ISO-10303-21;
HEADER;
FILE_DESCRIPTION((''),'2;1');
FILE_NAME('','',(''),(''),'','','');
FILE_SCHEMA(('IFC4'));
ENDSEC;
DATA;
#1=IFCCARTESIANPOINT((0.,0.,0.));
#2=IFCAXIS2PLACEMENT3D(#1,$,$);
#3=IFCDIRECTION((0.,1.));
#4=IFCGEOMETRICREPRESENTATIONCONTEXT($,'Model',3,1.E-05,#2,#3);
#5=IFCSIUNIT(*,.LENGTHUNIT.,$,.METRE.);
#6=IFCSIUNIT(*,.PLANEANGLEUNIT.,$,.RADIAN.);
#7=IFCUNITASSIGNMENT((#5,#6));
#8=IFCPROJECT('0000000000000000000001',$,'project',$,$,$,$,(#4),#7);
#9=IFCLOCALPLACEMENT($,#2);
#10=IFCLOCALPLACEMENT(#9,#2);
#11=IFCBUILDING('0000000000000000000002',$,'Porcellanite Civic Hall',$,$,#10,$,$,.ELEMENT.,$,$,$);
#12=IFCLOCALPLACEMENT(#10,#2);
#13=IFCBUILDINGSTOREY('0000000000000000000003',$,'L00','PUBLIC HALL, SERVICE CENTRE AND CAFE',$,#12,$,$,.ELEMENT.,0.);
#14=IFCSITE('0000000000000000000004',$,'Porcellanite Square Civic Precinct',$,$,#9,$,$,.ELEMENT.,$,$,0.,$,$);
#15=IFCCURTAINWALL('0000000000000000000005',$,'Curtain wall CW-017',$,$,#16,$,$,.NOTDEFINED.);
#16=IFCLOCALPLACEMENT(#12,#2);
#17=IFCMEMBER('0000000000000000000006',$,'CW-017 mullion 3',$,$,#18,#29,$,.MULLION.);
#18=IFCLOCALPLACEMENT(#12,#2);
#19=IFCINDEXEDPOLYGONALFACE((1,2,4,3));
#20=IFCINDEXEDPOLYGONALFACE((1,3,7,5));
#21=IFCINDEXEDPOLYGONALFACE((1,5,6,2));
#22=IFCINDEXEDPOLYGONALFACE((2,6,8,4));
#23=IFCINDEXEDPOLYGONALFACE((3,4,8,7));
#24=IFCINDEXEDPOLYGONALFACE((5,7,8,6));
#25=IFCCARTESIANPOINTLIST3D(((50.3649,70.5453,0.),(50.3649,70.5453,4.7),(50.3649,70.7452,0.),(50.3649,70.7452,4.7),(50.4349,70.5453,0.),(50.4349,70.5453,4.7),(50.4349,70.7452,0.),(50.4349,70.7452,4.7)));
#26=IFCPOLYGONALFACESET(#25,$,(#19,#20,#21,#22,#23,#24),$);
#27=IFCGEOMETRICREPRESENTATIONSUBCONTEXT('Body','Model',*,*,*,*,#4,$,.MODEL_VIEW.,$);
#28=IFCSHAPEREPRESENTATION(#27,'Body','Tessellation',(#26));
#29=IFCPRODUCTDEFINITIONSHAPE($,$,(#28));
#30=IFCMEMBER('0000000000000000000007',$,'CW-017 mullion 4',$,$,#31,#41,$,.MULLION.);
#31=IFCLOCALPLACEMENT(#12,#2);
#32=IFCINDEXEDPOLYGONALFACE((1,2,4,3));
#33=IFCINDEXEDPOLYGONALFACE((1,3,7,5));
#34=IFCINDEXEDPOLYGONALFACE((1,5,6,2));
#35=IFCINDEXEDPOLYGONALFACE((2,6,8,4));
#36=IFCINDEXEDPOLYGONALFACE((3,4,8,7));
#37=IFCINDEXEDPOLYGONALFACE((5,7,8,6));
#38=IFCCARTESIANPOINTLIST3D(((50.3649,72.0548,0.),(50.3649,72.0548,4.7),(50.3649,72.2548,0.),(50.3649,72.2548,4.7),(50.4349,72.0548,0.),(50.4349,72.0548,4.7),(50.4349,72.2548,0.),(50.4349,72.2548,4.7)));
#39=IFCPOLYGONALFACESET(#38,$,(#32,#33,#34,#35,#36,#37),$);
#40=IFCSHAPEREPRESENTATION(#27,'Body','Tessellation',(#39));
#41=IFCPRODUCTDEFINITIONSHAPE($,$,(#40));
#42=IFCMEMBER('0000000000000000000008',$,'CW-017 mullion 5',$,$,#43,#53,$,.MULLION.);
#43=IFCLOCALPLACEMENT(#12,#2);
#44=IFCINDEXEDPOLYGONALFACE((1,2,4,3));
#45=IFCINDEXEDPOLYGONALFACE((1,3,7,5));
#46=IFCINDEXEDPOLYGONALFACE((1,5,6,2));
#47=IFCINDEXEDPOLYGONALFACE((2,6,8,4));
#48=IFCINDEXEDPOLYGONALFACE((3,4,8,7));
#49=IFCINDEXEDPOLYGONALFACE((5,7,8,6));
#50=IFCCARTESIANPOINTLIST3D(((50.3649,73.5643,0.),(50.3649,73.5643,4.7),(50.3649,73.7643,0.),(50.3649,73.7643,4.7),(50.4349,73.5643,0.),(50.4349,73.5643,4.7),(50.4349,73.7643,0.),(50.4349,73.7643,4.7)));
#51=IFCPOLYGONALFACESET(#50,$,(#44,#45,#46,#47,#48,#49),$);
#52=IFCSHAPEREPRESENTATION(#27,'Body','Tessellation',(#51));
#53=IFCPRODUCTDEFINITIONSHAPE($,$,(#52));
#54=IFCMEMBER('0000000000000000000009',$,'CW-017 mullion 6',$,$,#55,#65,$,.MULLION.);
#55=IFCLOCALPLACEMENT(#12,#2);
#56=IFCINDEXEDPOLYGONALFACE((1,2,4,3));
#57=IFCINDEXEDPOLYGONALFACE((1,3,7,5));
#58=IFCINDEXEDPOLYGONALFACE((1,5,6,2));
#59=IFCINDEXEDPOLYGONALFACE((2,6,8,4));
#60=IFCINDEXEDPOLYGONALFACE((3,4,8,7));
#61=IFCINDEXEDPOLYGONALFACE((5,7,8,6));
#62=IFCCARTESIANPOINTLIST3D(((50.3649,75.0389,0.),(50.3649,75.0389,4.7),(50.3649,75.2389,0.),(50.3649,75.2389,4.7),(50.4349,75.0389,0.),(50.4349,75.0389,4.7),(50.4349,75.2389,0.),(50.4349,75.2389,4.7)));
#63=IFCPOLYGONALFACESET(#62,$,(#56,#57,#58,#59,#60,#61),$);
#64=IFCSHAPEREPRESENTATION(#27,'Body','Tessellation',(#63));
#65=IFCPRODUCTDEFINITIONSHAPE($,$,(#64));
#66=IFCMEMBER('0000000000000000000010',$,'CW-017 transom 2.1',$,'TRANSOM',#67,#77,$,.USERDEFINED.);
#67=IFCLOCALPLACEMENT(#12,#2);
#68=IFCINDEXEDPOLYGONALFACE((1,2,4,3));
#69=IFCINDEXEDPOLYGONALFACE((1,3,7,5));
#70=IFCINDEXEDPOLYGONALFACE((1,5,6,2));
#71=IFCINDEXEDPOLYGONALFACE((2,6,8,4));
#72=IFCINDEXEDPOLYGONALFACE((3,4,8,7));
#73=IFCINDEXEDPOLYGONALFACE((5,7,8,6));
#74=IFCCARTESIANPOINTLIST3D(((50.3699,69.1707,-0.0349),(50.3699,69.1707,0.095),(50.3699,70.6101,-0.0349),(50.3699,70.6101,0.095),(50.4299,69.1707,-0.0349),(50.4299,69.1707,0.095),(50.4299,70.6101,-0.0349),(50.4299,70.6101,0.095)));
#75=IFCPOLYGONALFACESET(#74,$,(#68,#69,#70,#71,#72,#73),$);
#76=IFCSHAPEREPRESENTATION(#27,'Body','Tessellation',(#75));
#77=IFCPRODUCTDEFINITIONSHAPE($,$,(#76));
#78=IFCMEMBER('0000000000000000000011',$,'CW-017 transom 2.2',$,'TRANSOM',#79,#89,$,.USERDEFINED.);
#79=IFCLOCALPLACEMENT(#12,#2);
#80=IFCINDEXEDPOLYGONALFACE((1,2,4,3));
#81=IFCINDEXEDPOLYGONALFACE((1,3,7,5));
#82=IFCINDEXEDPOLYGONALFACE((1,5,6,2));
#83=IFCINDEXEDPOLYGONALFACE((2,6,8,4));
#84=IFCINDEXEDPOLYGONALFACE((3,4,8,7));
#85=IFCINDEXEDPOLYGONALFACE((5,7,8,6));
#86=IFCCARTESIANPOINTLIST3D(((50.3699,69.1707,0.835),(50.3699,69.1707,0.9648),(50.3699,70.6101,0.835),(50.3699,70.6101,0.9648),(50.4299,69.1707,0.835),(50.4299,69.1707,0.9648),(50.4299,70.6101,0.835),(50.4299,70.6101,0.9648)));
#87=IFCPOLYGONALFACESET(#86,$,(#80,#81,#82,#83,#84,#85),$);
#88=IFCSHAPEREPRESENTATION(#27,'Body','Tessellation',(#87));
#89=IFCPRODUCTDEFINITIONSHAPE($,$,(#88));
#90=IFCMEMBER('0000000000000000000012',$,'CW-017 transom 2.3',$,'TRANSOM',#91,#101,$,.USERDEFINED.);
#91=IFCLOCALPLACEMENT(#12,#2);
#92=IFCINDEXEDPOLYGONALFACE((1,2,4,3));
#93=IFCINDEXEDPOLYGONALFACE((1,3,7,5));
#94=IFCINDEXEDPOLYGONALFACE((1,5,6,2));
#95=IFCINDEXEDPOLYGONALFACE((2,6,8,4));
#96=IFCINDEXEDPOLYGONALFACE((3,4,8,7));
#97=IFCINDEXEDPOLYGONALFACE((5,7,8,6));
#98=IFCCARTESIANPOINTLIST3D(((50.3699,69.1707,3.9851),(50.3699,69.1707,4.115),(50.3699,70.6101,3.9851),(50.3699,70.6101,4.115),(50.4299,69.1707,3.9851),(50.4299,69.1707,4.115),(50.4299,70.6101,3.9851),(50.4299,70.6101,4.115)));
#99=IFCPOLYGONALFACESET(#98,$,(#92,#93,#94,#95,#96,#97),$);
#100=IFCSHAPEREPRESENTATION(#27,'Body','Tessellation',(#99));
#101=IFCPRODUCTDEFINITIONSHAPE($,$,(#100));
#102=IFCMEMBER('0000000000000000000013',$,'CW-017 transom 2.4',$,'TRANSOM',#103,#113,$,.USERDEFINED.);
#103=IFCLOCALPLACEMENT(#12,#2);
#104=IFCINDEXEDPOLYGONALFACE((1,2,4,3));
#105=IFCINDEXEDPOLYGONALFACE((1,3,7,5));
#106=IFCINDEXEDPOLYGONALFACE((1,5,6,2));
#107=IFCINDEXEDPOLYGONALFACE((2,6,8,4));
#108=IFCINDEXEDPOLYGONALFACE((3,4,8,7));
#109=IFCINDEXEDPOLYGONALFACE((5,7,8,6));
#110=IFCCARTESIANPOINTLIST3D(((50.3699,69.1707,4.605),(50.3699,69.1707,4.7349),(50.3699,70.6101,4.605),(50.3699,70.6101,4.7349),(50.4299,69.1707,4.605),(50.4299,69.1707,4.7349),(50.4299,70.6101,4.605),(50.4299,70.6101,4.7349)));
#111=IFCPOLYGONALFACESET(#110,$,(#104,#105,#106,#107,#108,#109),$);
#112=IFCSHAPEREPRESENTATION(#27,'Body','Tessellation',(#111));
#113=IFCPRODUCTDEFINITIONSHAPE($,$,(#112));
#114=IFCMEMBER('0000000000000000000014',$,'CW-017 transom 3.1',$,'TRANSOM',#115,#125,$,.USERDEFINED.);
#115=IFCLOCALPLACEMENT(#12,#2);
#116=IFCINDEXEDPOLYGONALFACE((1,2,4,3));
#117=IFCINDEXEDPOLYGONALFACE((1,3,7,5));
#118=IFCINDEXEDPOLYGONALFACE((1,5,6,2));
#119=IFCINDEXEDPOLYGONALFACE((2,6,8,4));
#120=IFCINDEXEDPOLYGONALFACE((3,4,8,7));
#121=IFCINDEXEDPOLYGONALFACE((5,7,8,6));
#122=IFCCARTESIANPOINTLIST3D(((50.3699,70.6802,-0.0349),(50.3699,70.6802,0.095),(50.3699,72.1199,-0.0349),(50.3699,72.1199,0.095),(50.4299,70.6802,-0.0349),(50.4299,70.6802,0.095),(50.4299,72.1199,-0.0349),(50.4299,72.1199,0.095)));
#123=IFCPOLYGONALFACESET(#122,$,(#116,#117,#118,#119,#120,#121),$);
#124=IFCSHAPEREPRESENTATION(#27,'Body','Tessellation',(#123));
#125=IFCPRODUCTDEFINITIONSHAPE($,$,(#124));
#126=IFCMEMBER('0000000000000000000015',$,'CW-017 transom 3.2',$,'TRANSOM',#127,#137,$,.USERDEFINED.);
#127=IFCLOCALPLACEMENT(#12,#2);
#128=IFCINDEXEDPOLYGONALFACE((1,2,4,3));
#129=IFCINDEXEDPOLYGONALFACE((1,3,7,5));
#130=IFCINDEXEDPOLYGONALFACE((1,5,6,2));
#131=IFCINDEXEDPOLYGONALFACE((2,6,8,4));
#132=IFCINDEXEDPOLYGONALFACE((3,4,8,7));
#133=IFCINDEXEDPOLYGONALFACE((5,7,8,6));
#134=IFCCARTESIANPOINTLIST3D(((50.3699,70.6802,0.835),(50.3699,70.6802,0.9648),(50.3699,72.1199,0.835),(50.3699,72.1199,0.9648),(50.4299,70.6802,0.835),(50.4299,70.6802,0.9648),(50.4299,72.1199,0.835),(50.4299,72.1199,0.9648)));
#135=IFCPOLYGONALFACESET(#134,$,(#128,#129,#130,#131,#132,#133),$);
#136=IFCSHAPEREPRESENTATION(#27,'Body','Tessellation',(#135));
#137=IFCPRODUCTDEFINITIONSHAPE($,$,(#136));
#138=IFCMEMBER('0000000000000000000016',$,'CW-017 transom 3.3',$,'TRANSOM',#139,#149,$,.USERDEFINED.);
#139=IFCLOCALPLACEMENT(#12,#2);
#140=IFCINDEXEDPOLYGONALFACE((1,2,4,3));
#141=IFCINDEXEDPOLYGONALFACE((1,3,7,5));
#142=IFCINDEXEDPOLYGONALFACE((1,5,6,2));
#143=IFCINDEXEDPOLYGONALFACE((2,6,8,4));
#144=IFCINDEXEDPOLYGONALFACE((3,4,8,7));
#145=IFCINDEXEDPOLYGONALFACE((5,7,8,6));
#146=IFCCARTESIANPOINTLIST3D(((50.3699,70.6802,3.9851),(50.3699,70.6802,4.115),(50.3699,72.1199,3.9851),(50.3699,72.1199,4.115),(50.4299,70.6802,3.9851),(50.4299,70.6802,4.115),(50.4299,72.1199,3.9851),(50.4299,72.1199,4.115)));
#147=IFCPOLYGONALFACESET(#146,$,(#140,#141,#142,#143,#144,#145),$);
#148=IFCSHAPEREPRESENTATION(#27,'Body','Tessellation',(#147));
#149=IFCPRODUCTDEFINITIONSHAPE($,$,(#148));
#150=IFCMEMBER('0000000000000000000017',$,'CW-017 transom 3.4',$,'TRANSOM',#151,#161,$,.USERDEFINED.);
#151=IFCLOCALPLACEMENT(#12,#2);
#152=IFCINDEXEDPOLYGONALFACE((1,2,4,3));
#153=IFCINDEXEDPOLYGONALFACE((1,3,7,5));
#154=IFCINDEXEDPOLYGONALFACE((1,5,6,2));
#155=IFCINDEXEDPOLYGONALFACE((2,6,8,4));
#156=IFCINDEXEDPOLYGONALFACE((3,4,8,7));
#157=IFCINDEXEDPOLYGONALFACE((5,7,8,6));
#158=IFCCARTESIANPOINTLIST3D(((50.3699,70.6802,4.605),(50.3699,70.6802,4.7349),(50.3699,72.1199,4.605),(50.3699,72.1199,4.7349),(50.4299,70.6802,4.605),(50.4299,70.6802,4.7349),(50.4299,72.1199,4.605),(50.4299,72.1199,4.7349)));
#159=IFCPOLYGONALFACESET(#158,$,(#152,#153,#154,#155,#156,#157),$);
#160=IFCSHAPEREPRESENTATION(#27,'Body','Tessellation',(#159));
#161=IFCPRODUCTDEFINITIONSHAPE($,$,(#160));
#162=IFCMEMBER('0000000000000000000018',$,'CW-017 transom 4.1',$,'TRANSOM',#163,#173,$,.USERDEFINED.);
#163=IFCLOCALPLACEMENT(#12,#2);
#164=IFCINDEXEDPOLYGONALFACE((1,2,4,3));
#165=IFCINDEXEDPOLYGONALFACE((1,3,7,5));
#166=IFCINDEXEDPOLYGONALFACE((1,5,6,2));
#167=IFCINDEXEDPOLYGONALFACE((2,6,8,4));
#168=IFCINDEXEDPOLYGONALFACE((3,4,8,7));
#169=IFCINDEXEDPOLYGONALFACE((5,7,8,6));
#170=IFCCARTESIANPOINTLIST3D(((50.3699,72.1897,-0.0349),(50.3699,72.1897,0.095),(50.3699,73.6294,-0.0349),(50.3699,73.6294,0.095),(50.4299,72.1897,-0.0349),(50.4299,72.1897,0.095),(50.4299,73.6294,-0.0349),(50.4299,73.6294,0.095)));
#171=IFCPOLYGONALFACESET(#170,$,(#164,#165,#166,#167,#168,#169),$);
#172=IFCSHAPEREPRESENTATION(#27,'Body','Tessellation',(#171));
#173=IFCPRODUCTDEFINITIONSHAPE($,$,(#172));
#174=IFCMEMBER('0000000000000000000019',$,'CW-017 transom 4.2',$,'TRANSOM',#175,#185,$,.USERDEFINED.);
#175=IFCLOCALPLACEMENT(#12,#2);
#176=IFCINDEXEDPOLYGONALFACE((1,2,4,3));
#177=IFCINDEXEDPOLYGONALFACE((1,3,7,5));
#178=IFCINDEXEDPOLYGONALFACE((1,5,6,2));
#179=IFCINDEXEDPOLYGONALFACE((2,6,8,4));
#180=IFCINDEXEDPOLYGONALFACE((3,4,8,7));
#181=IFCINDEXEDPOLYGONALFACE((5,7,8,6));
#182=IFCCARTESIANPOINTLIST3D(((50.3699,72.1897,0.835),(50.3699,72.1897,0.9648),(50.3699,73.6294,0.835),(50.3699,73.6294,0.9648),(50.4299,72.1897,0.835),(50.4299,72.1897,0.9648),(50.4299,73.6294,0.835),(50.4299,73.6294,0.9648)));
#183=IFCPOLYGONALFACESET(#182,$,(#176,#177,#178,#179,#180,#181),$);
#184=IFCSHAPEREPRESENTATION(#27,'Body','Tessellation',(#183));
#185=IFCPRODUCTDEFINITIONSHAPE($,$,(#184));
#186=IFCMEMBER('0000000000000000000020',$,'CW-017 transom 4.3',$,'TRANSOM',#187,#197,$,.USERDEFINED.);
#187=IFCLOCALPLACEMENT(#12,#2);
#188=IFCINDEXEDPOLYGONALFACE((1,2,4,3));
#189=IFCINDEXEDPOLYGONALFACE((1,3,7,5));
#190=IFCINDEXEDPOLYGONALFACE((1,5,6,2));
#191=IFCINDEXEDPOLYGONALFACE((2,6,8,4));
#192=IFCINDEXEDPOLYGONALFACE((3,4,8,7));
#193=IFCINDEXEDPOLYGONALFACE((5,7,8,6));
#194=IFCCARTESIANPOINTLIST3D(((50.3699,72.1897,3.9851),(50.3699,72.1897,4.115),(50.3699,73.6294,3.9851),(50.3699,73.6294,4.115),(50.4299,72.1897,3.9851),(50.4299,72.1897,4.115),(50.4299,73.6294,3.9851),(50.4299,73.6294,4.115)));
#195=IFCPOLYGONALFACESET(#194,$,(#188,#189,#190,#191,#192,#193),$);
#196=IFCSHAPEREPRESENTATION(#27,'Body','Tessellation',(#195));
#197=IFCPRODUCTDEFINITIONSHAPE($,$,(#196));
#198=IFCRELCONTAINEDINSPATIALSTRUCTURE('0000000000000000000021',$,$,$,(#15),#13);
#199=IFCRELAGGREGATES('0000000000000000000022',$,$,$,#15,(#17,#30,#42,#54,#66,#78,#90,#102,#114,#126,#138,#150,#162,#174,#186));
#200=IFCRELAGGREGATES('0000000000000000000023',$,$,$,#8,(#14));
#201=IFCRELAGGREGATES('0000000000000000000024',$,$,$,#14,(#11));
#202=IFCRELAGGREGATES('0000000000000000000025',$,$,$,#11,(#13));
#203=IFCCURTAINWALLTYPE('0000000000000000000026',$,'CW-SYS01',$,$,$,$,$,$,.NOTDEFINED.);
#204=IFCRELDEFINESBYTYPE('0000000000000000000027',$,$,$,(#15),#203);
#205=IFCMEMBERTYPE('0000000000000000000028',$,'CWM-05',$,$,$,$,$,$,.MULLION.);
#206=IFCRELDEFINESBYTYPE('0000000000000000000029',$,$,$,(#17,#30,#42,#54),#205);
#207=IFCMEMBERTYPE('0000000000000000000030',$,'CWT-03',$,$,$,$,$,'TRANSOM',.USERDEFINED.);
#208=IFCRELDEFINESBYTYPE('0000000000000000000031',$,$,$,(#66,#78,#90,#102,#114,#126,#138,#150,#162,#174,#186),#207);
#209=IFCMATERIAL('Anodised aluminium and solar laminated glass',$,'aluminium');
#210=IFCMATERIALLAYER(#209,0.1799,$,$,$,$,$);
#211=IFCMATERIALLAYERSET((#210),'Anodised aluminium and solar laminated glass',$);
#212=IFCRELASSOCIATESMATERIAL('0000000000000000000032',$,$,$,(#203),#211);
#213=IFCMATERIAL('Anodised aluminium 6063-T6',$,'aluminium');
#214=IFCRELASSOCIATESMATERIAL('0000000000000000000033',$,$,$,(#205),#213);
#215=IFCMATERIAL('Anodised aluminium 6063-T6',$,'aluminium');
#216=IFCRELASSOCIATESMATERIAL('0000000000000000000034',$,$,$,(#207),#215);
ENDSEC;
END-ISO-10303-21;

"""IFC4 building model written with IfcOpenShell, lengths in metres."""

from ifc_helpers import new_model, si_unit, direction, frame, origin, origin_2d, place, context, subcontext, project, spatial, rectangle, extrude, material, layer, layer_set, material_profile, profile_set, type_object, element, aggregate, save


model = new_model("IFC4")

# Units and contexts
model_context = context("Model", 3, precision=1e-05, world=origin(), true_north=direction((0.0, 1.0)))
body_context = subcontext(model_context, "Body", "Model", "MODEL_VIEW")
ifc_project = project(units=[si_unit("LENGTHUNIT", "METRE"), si_unit("PLANEANGLEUNIT", "RADIAN")], contexts=[model_context])

# Site, building, storey
site_placement = place(None, origin())
site = spatial("IfcSite", under=ifc_project, at=site_placement, Name="Porcellanite Square Civic Precinct", CompositionType="ELEMENT", RefElevation=0.0)
building_placement = place(site_placement, origin())
building = spatial("IfcBuilding", under=site, at=building_placement, Name="Porcellanite Civic Hall", CompositionType="ELEMENT")
storey_placement = place(building_placement, origin())
storey = spatial("IfcBuildingStorey", under=building, at=storey_placement, Name="L00", Description="PUBLIC HALL, SERVICE CENTRE AND CAFE", CompositionType="ELEMENT", Elevation=0.0)

# Curtain wall, members
ifc_material_1 = material(Name="Anodised aluminium and solar laminated glass", Category="aluminium")
ifc_layer_1 = layer(ifc_material_1, 0.1799)
ifc_layer_set_1 = layer_set([ifc_layer_1], Name="Anodised aluminium and solar laminated glass")
curtain_wall_type = type_object("IfcCurtainWallType", Name="CW-SYS01", PredefinedType="NOTDEFINED", material=ifc_layer_set_1)
curtain_wall_placement = place(storey_placement, origin())
curtain_wall = element("IfcCurtainWall", 1, at=curtain_wall_placement, inside=storey, type_object=curtain_wall_type, Name="Curtain wall CW-017", PredefinedType="NOTDEFINED")
ifc_material_2 = material(Name="Anodised aluminium 6063-T6", Category="aluminium")
ifc_material_profile_1 = material_profile(ifc_material_2, rectangle(XDim=0.0701, YDim=0.2, at=origin_2d()), Name="AL-70x200")
ifc_profile_set_1 = profile_set([ifc_material_profile_1], Name="Anodised aluminium 6063-T6")
member_type_1 = type_object("IfcMemberType", Name="CWM-05", PredefinedType="MULLION", material=ifc_profile_set_1)
member_1_placement = place(storey_placement, frame((50.3999, 70.6453, 0.0), z_axis=(0.0, 0.0, 1.0), x_axis=(-1.0, 0.0, 0.0)))
member_1 = element("IfcMember", 2, at=member_1_placement, type_object=member_type_1, Name="CW-017 mullion 3", PredefinedType="MULLION", context=body_context, shape_type="SweptSolid", body=[
    extrude(rectangle(XDim=0.0701, YDim=0.2, at=origin_2d()), origin(), (0.0, 0.0, 1.0), 4.7),
])
member_2_placement = place(storey_placement, frame((50.3999, 72.1548, 0.0), z_axis=(0.0, 0.0, 1.0), x_axis=(-1.0, 0.0, 0.0)))
member_2 = element("IfcMember", 3, at=member_2_placement, type_object=member_type_1, Name="CW-017 mullion 4", PredefinedType="MULLION", context=body_context, shape_type="SweptSolid", body=[
    extrude(rectangle(XDim=0.0701, YDim=0.2, at=origin_2d()), origin(), (0.0, 0.0, 1.0), 4.7),
])
member_3_placement = place(storey_placement, frame((50.3999, 73.6643, 0.0), z_axis=(0.0, 0.0, 1.0), x_axis=(-1.0, 0.0, 0.0)))
member_3 = element("IfcMember", 4, at=member_3_placement, type_object=member_type_1, Name="CW-017 mullion 5", PredefinedType="MULLION", context=body_context, shape_type="SweptSolid", body=[
    extrude(rectangle(XDim=0.0701, YDim=0.2, at=origin_2d()), origin(), (0.0, 0.0, 1.0), 4.7),
])
member_4_placement = place(storey_placement, frame((50.3999, 75.1389, 0.0), z_axis=(0.0, 0.0, 1.0), x_axis=(-1.0, 0.0, 0.0)))
member_4 = element("IfcMember", 5, at=member_4_placement, type_object=member_type_1, Name="CW-017 mullion 6", PredefinedType="MULLION", context=body_context, shape_type="SweptSolid", body=[
    extrude(rectangle(XDim=0.0701, YDim=0.2, at=origin_2d()), origin(), (0.0, 0.0, 1.0), 4.7),
])
ifc_material_3 = material(Name="Anodised aluminium 6063-T6", Category="aluminium")
ifc_material_profile_2 = material_profile(ifc_material_3, rectangle(XDim=0.0601, YDim=0.1299, at=origin_2d()), Name="AL-60x130")
ifc_profile_set_2 = profile_set([ifc_material_profile_2], Name="Anodised aluminium 6063-T6")
member_type_2 = type_object("IfcMemberType", Name="CWT-03", ElementType="TRANSOM", PredefinedType="USERDEFINED", material=ifc_profile_set_2)
member_5_placement = place(storey_placement, frame((50.3999, 69.1707, 0.03), z_axis=(0.0, 1.0, 0.0), x_axis=(-1.0, 0.0, 0.0)))
member_5 = element("IfcMember", 6, at=member_5_placement, type_object=member_type_2, Name="CW-017 transom 2.1", ObjectType="TRANSOM", PredefinedType="USERDEFINED", context=body_context, shape_type="SweptSolid", body=[
    extrude(rectangle(XDim=0.0601, YDim=0.1299, at=origin_2d()), origin(), (0.0, 0.0, 1.0), 1.4395),
])
member_6_placement = place(storey_placement, frame((50.3999, 69.1707, 0.8999), z_axis=(0.0, 1.0, 0.0), x_axis=(-1.0, 0.0, 0.0)))
member_6 = element("IfcMember", 7, at=member_6_placement, type_object=member_type_2, Name="CW-017 transom 2.2", ObjectType="TRANSOM", PredefinedType="USERDEFINED", context=body_context, shape_type="SweptSolid", body=[
    extrude(rectangle(XDim=0.0601, YDim=0.1299, at=origin_2d()), origin(), (0.0, 0.0, 1.0), 1.4395),
])
member_7_placement = place(storey_placement, frame((50.3999, 69.1707, 4.05), z_axis=(0.0, 1.0, 0.0), x_axis=(-1.0, 0.0, 0.0)))
member_7 = element("IfcMember", 8, at=member_7_placement, type_object=member_type_2, Name="CW-017 transom 2.3", ObjectType="TRANSOM", PredefinedType="USERDEFINED", context=body_context, shape_type="SweptSolid", body=[
    extrude(rectangle(XDim=0.0601, YDim=0.1299, at=origin_2d()), origin(), (0.0, 0.0, 1.0), 1.4395),
])
member_8_placement = place(storey_placement, frame((50.3999, 69.1707, 4.6699), z_axis=(0.0, 1.0, 0.0), x_axis=(-1.0, 0.0, 0.0)))
member_8 = element("IfcMember", 9, at=member_8_placement, type_object=member_type_2, Name="CW-017 transom 2.4", ObjectType="TRANSOM", PredefinedType="USERDEFINED", context=body_context, shape_type="SweptSolid", body=[
    extrude(rectangle(XDim=0.0601, YDim=0.1299, at=origin_2d()), origin(), (0.0, 0.0, 1.0), 1.4395),
])
member_9_placement = place(storey_placement, frame((50.3999, 70.6802, 0.03), z_axis=(0.0, 1.0, 0.0), x_axis=(-1.0, 0.0, 0.0)))
member_9 = element("IfcMember", 10, at=member_9_placement, type_object=member_type_2, Name="CW-017 transom 3.1", ObjectType="TRANSOM", PredefinedType="USERDEFINED", context=body_context, shape_type="SweptSolid", body=[
    extrude(rectangle(XDim=0.0601, YDim=0.1299, at=origin_2d()), origin(), (0.0, 0.0, 1.0), 1.4397),
])
member_10_placement = place(storey_placement, frame((50.3999, 70.6802, 0.8999), z_axis=(0.0, 1.0, 0.0), x_axis=(-1.0, 0.0, 0.0)))
member_10 = element("IfcMember", 11, at=member_10_placement, type_object=member_type_2, Name="CW-017 transom 3.2", ObjectType="TRANSOM", PredefinedType="USERDEFINED", context=body_context, shape_type="SweptSolid", body=[
    extrude(rectangle(XDim=0.0601, YDim=0.1299, at=origin_2d()), origin(), (0.0, 0.0, 1.0), 1.4397),
])
member_11_placement = place(storey_placement, frame((50.3999, 70.6802, 4.05), z_axis=(0.0, 1.0, 0.0), x_axis=(-1.0, 0.0, 0.0)))
member_11 = element("IfcMember", 12, at=member_11_placement, type_object=member_type_2, Name="CW-017 transom 3.3", ObjectType="TRANSOM", PredefinedType="USERDEFINED", context=body_context, shape_type="SweptSolid", body=[
    extrude(rectangle(XDim=0.0601, YDim=0.1299, at=origin_2d()), origin(), (0.0, 0.0, 1.0), 1.4397),
])
member_12_placement = place(storey_placement, frame((50.3999, 70.6802, 4.6699), z_axis=(0.0, 1.0, 0.0), x_axis=(-1.0, 0.0, 0.0)))
member_12 = element("IfcMember", 13, at=member_12_placement, type_object=member_type_2, Name="CW-017 transom 3.4", ObjectType="TRANSOM", PredefinedType="USERDEFINED", context=body_context, shape_type="SweptSolid", body=[
    extrude(rectangle(XDim=0.0601, YDim=0.1299, at=origin_2d()), origin(), (0.0, 0.0, 1.0), 1.4397),
])
member_13_placement = place(storey_placement, frame((50.3999, 72.1897, 0.03), z_axis=(0.0, 1.0, 0.0), x_axis=(-1.0, 0.0, 0.0)))
member_13 = element("IfcMember", 14, at=member_13_placement, type_object=member_type_2, Name="CW-017 transom 4.1", ObjectType="TRANSOM", PredefinedType="USERDEFINED", context=body_context, shape_type="SweptSolid", body=[
    extrude(rectangle(XDim=0.0601, YDim=0.1299, at=origin_2d()), origin(), (0.0, 0.0, 1.0), 1.4397),
])
member_14_placement = place(storey_placement, frame((50.3999, 72.1897, 0.8999), z_axis=(0.0, 1.0, 0.0), x_axis=(-1.0, 0.0, 0.0)))
member_14 = element("IfcMember", 15, at=member_14_placement, type_object=member_type_2, Name="CW-017 transom 4.2", ObjectType="TRANSOM", PredefinedType="USERDEFINED", context=body_context, shape_type="SweptSolid", body=[
    extrude(rectangle(XDim=0.0601, YDim=0.1299, at=origin_2d()), origin(), (0.0, 0.0, 1.0), 1.4397),
])
member_15_placement = place(storey_placement, frame((50.3999, 72.1897, 4.05), z_axis=(0.0, 1.0, 0.0), x_axis=(-1.0, 0.0, 0.0)))
member_15 = element("IfcMember", 16, at=member_15_placement, type_object=member_type_2, Name="CW-017 transom 4.3", ObjectType="TRANSOM", PredefinedType="USERDEFINED", context=body_context, shape_type="SweptSolid", body=[
    extrude(rectangle(XDim=0.0601, YDim=0.1299, at=origin_2d()), origin(), (0.0, 0.0, 1.0), 1.4397),
])
aggregate(curtain_wall, [member_1, member_2, member_3, member_4, member_5, member_6, member_7, member_8, member_9, member_10, member_11, member_12, member_13, member_14, member_15])

save(model, "model.ifc")
